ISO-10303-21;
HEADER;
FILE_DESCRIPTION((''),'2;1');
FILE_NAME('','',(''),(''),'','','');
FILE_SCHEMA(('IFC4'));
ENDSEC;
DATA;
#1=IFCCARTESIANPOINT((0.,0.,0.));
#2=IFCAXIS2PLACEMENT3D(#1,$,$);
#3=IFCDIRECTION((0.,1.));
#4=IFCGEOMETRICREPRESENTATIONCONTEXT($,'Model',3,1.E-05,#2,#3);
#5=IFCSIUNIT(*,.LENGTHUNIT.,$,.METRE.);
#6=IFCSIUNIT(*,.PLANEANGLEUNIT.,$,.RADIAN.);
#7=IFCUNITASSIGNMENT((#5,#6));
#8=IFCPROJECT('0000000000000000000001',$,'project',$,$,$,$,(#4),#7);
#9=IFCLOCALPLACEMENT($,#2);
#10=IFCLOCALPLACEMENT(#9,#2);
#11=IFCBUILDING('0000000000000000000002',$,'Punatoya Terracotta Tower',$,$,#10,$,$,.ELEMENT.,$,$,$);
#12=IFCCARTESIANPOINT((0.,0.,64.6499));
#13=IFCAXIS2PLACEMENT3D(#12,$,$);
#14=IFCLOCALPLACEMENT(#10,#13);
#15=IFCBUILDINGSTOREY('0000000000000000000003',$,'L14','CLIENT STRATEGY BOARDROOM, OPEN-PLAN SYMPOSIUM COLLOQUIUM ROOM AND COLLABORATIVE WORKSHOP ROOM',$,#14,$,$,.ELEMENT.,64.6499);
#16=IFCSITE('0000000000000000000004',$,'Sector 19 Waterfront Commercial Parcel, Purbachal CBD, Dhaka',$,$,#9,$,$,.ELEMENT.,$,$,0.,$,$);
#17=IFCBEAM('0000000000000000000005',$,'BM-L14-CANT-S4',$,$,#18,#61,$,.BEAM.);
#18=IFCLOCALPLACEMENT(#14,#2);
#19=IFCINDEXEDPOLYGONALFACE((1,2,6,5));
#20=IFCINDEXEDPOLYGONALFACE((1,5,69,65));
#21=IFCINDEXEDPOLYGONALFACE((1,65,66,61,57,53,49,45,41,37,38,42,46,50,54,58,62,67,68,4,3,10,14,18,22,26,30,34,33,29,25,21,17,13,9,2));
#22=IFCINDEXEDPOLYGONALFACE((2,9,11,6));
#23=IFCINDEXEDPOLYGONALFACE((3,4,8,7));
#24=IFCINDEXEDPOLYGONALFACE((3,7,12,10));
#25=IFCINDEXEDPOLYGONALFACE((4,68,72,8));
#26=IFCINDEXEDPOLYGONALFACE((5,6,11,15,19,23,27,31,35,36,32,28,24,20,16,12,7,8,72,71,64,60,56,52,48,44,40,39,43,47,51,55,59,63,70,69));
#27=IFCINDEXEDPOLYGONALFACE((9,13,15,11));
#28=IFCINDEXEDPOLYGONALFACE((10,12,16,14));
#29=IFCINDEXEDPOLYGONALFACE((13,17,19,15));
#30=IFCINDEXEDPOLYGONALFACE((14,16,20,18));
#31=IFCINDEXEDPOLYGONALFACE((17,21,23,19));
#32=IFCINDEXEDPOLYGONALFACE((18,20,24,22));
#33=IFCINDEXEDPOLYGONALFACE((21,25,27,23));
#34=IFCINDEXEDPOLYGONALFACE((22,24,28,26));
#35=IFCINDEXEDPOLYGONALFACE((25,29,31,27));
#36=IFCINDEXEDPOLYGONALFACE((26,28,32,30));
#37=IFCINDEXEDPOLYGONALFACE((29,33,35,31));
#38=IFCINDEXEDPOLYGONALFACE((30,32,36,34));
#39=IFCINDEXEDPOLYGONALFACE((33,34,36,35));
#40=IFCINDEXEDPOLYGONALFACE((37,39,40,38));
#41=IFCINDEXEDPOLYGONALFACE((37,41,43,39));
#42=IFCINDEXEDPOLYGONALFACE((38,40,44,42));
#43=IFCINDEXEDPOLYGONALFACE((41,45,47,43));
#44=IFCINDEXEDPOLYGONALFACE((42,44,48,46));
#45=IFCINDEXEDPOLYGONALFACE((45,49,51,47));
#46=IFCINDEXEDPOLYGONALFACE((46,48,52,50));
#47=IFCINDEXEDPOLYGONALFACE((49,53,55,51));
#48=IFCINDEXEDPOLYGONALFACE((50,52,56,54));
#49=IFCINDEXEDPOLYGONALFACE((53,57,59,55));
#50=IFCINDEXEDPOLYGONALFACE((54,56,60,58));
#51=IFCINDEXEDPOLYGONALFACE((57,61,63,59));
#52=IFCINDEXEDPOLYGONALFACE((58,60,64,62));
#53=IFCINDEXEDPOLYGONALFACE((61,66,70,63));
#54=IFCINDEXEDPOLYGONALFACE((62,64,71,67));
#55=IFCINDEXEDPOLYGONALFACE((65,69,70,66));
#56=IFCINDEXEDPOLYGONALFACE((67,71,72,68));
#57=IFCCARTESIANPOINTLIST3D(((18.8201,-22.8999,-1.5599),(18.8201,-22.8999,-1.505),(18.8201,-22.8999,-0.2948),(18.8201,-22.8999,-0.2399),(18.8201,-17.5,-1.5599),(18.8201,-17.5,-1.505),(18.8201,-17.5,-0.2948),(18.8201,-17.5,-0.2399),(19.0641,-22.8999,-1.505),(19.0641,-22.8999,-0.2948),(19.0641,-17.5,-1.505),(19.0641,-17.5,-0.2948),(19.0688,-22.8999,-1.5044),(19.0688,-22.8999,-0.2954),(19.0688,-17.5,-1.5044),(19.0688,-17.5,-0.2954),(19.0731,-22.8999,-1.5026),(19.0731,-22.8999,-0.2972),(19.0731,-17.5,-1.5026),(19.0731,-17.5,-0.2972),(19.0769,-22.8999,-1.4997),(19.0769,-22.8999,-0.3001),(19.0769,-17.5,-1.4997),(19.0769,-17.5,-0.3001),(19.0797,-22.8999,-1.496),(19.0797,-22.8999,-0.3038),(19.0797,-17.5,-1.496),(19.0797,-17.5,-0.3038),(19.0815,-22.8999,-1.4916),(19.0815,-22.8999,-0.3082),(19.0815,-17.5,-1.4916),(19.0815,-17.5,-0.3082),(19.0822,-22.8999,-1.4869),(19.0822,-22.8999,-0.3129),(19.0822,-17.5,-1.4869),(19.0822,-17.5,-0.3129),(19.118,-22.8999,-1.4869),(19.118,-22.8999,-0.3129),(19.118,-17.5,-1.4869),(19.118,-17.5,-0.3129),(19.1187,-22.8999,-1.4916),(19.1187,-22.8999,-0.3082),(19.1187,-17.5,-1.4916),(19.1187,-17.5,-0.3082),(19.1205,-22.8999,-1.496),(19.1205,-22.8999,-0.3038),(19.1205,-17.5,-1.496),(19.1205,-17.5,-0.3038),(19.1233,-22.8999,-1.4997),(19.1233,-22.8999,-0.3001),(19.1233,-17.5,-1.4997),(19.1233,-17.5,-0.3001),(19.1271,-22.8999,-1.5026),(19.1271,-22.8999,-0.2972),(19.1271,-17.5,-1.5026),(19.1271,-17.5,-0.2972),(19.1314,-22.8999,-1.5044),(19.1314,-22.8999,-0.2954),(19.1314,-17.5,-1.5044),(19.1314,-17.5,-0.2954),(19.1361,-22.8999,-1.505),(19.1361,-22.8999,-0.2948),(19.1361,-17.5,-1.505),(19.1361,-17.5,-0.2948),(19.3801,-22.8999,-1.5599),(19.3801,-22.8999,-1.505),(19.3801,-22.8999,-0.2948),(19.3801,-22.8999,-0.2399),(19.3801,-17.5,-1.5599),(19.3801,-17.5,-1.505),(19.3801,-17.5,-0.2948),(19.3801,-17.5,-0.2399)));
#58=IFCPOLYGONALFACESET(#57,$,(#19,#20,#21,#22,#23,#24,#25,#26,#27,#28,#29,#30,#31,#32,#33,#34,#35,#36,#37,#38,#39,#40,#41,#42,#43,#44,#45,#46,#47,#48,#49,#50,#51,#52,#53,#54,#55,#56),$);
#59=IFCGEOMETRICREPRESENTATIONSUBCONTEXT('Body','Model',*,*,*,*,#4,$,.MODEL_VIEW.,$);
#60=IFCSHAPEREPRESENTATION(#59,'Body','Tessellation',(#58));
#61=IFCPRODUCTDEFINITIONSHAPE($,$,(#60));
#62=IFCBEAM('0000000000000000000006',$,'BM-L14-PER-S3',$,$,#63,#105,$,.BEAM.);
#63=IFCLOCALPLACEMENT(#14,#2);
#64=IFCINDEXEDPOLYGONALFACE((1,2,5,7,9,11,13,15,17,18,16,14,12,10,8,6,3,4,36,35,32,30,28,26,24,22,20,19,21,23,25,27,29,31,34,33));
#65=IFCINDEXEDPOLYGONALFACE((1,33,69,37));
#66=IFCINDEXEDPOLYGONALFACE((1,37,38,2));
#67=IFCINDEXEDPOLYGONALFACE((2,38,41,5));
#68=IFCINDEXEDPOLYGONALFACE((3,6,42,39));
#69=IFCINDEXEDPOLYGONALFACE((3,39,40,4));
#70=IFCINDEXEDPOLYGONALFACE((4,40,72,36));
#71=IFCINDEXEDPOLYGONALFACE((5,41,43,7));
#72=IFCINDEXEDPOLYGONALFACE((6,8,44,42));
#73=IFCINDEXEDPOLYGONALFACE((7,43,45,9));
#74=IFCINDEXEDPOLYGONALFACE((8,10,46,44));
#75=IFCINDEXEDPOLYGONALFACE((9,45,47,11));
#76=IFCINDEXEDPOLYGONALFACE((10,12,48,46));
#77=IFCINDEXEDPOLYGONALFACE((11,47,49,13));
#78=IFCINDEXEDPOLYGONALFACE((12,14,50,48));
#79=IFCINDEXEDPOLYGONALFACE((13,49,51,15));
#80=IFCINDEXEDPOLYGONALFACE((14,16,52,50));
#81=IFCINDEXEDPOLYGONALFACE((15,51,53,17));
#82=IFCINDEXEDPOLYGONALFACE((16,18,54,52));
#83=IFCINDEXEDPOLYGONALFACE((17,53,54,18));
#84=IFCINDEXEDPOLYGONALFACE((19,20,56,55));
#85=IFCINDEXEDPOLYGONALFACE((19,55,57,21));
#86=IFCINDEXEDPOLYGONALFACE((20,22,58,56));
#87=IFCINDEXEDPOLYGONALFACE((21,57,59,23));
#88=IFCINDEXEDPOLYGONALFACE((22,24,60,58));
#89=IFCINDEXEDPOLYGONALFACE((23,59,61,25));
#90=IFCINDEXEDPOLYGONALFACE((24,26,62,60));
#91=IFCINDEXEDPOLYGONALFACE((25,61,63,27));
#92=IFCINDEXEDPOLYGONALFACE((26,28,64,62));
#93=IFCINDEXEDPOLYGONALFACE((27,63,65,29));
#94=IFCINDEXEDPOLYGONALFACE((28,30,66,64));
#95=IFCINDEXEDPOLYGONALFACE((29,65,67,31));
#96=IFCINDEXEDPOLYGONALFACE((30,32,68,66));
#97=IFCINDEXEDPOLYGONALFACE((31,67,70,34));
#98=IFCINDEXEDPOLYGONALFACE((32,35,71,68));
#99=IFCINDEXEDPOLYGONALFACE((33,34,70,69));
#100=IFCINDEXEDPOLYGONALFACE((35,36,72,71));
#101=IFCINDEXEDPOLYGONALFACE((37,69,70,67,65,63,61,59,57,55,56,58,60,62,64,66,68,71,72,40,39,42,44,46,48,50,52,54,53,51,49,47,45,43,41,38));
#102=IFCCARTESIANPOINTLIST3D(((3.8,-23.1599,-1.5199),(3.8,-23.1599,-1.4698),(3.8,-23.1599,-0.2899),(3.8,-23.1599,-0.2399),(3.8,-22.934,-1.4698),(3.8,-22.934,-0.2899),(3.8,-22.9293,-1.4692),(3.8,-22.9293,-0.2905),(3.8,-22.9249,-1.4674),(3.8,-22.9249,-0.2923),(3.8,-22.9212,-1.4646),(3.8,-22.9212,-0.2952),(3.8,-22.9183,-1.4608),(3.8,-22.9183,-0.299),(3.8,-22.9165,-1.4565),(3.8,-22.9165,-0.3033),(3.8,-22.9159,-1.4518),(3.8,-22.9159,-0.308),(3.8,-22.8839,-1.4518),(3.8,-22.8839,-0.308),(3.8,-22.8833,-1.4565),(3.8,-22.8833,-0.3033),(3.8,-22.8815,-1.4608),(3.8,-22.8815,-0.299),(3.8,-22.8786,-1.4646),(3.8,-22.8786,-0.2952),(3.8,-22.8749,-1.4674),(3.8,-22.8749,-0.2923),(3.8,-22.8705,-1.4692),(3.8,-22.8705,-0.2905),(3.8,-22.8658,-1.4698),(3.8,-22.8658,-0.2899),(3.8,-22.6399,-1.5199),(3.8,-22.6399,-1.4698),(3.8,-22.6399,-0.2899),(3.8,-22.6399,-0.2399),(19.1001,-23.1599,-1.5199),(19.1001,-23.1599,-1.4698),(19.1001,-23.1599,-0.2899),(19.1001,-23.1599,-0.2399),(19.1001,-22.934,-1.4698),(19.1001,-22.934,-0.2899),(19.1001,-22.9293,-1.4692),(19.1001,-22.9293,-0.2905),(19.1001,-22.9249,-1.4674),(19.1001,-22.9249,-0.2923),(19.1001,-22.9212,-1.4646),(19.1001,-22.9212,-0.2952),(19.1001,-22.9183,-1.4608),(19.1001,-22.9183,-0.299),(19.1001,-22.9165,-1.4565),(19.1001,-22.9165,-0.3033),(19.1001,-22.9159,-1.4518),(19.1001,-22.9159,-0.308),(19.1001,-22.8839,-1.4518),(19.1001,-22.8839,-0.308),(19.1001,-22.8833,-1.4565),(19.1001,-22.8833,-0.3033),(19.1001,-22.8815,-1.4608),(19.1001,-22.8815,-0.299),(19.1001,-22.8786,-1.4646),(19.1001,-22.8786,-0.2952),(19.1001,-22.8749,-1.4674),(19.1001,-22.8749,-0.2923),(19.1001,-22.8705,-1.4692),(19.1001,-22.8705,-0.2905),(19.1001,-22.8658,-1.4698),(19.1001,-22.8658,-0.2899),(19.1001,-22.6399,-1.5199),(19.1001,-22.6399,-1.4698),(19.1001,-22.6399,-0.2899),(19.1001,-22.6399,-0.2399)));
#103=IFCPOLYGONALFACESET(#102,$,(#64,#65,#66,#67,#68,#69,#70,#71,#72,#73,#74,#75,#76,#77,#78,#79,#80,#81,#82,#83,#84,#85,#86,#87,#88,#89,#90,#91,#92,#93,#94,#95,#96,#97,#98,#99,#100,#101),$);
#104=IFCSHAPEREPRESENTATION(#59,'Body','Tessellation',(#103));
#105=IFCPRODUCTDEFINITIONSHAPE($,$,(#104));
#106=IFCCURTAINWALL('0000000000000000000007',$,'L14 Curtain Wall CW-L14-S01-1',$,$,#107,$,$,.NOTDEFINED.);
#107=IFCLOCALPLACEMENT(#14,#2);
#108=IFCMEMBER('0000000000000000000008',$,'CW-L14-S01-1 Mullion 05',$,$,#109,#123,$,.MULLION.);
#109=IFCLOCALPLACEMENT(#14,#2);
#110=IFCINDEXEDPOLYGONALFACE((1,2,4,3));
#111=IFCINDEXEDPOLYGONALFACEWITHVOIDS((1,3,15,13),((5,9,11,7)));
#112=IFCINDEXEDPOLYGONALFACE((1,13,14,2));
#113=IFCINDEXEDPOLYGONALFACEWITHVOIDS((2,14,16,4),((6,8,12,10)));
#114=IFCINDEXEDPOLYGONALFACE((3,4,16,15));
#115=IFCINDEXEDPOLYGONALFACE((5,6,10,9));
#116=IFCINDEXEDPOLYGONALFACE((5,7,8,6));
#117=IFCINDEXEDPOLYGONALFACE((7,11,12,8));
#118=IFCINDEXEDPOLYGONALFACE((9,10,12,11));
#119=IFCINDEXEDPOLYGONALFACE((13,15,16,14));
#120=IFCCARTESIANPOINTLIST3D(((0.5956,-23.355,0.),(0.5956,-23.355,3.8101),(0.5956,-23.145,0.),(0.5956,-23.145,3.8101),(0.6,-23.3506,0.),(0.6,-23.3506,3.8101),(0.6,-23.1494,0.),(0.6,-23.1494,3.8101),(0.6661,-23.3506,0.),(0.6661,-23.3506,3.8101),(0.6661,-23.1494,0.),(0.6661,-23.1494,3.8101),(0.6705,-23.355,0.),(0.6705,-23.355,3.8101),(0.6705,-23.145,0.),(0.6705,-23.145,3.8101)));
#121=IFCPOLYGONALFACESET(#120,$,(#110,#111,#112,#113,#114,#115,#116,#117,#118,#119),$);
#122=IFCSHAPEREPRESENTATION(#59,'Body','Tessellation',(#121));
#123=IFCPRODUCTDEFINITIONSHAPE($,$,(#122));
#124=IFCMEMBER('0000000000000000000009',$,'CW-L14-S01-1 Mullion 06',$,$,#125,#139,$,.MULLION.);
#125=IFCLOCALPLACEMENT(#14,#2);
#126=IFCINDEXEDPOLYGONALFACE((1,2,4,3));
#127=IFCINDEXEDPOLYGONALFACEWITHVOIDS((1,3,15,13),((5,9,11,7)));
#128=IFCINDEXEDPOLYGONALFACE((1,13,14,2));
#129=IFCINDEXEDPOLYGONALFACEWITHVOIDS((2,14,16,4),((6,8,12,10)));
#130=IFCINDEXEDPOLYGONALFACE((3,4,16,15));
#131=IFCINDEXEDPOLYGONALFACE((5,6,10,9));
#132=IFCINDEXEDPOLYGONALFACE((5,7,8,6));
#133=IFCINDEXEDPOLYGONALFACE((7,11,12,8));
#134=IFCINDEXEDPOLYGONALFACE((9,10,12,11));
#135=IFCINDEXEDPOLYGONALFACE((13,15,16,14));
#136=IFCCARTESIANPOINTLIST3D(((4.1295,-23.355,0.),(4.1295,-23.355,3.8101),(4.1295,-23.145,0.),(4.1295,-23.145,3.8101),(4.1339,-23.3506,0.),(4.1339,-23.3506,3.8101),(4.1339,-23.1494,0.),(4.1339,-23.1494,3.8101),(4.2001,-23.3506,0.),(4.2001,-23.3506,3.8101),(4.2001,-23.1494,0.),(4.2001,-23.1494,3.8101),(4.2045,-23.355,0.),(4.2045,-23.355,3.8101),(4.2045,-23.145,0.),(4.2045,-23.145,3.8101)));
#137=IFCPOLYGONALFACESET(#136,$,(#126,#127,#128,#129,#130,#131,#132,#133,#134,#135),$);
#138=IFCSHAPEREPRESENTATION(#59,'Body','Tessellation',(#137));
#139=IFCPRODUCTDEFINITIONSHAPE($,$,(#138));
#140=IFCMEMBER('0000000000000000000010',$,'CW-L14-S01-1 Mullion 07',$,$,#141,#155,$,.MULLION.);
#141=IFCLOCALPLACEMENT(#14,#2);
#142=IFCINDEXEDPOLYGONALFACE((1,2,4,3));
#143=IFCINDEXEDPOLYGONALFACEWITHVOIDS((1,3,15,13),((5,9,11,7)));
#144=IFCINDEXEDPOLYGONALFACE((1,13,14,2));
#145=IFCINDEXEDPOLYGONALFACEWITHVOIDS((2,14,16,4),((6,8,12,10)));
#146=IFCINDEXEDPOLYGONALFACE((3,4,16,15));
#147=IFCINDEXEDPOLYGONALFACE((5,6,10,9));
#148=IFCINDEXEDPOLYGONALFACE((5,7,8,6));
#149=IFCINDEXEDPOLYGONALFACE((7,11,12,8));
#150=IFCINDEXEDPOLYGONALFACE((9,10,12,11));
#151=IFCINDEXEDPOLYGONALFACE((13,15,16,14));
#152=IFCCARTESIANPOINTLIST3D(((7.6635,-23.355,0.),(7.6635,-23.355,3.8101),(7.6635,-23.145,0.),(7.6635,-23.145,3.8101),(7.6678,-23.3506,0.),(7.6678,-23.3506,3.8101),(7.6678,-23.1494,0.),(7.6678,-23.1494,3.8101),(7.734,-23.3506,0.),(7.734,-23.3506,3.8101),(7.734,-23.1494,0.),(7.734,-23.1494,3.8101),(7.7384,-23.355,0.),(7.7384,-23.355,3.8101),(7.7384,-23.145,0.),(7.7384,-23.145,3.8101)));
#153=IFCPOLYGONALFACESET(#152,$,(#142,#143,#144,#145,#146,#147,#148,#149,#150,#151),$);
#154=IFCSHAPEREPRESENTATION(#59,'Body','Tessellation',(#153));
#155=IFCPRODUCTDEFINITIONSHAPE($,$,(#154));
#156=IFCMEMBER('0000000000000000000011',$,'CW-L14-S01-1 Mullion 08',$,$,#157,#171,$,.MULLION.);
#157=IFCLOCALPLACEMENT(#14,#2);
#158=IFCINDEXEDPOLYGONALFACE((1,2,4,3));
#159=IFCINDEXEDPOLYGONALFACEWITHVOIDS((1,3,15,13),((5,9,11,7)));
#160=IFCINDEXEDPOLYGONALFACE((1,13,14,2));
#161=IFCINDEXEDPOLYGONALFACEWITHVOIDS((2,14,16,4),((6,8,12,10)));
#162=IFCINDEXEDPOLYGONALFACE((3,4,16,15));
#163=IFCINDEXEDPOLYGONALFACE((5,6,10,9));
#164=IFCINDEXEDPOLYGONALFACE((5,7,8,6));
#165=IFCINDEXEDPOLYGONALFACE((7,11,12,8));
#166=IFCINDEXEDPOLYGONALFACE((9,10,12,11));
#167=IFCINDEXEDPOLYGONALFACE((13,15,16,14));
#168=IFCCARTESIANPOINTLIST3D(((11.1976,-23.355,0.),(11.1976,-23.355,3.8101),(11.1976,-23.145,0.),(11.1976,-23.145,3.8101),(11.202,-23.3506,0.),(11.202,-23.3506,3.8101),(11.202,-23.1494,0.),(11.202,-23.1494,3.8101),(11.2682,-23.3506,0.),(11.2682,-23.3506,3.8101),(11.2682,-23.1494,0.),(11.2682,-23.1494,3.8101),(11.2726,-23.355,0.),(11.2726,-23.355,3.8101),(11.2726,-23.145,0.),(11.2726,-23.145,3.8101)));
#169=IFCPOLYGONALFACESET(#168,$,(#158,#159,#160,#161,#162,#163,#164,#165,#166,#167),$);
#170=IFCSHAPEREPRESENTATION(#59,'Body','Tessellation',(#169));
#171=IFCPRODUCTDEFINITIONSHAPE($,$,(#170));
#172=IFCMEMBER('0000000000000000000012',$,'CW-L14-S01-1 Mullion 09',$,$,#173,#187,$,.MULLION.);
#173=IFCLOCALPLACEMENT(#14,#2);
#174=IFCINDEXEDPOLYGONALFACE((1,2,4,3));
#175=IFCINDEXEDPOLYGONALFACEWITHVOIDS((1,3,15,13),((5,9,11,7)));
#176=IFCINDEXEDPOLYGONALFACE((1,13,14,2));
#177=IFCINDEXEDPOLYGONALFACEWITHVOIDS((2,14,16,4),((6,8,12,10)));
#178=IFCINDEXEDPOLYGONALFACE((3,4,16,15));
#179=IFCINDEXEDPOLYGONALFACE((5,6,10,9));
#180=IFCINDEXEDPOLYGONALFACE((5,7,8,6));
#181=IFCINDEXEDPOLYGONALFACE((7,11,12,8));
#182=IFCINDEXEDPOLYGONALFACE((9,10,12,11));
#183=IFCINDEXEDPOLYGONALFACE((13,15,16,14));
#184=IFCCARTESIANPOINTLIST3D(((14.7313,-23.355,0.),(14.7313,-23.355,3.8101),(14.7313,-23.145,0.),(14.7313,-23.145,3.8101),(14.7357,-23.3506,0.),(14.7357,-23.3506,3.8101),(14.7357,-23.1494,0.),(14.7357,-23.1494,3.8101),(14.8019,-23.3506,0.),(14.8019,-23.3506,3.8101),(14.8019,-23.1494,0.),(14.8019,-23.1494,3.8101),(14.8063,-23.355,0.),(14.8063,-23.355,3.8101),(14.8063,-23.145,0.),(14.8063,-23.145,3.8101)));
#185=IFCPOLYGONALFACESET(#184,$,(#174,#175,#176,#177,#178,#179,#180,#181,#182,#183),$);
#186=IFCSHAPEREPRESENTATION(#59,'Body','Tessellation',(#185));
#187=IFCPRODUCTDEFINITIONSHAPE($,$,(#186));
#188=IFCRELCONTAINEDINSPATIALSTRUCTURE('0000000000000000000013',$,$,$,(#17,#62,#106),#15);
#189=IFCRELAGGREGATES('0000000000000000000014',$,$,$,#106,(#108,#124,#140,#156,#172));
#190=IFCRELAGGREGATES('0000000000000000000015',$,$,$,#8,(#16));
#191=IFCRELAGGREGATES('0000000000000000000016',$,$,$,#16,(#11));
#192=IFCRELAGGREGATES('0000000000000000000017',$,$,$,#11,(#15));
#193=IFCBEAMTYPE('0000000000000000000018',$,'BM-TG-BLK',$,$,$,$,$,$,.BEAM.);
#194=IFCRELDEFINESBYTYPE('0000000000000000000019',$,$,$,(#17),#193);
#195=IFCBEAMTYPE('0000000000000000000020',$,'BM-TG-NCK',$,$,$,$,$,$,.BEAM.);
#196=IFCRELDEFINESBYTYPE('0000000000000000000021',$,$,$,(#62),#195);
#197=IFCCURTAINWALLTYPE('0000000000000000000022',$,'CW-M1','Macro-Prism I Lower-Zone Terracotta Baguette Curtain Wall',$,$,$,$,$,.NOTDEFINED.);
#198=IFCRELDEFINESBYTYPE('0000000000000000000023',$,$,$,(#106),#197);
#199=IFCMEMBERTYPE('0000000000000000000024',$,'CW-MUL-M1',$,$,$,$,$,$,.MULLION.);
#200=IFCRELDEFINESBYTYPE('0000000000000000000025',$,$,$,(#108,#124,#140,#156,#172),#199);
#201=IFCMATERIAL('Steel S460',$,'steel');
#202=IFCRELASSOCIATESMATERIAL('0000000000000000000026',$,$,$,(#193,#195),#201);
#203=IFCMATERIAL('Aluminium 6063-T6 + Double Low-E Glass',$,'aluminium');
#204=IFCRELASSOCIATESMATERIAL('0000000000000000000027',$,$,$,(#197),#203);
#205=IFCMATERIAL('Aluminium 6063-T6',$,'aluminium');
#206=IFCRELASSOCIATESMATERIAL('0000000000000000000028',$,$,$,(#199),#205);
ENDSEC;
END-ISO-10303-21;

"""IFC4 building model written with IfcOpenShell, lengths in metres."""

from ifc_helpers import new_model, si_unit, direction, frame, origin, origin_2d, place, context, subcontext, project, spatial, hollow_rectangle, i_section, extrude, material, material_profile, profile_set, type_object, element, aggregate, save


model = new_model("IFC4")

# Units and contexts
model_context = context("Model", 3, precision=1e-05, world=origin(), true_north=direction((0.0, 1.0)))
body_context = subcontext(model_context, "Body", "Model", "MODEL_VIEW")
ifc_project = project(units=[si_unit("LENGTHUNIT", "METRE"), si_unit("PLANEANGLEUNIT", "RADIAN")], contexts=[model_context])

# Site, building, storey
site_placement = place(None, origin())
site = spatial("IfcSite", under=ifc_project, at=site_placement, Name="Sector 19 Waterfront Commercial Parcel, Purbachal CBD, Dhaka", CompositionType="ELEMENT", RefElevation=0.0)
building_placement = place(site_placement, origin())
building = spatial("IfcBuilding", under=site, at=building_placement, Name="Punatoya Terracotta Tower", CompositionType="ELEMENT")
storey_placement = place(building_placement, frame((0.0, 0.0, 64.6499)))
storey = spatial("IfcBuildingStorey", under=building, at=storey_placement, Name="L14", Description="CLIENT STRATEGY BOARDROOM, OPEN-PLAN SYMPOSIUM COLLOQUIUM ROOM AND COLLABORATIVE WORKSHOP ROOM", CompositionType="ELEMENT", Elevation=64.6499)

# Shared definitions
ifc_material_1 = material(Name="Steel S460", Category="steel")

# Beams
ifc_material_profile_1 = material_profile(ifc_material_1, i_section(OverallWidth=0.5601, OverallDepth=1.3201, WebThickness=0.0359, FlangeThickness=0.0549, FilletRadius=0.0181, at=origin_2d()))
ifc_profile_set_1 = profile_set([ifc_material_profile_1], Name="Steel S460")
beam_type_1 = type_object("IfcBeamType", Name="BM-TG-BLK", PredefinedType="BEAM", material=ifc_profile_set_1)
for number, where, z_axis, x_axis, name in (
    (1, (19.1001, -22.8999, -0.8999), (0.0, 1.0, 0.0), (-1.0, 0.0, 0.0), "BM-L14-CANT-S4"),
):
    element("IfcBeam", number, at=place(storey_placement, frame(where, z_axis=z_axis, x_axis=x_axis)), inside=storey, type_object=beam_type_1, Name=name, PredefinedType="BEAM", context=body_context, shape_type="SweptSolid", body=[
        extrude(i_section(OverallWidth=0.5601, OverallDepth=1.3201, WebThickness=0.0359, FlangeThickness=0.0549, FilletRadius=0.0181, at=origin_2d()), origin(), (0.0, 0.0, 1.0), 5.3999),
    ])
ifc_material_profile_2 = material_profile(ifc_material_1, i_section(OverallWidth=0.52, OverallDepth=1.28, WebThickness=0.032, FlangeThickness=0.05, FilletRadius=0.0181, at=origin_2d()))
ifc_profile_set_2 = profile_set([ifc_material_profile_2], Name="Steel S460")
beam_type_2 = type_object("IfcBeamType", Name="BM-TG-NCK", PredefinedType="BEAM", material=ifc_profile_set_2)
beam_1_placement = place(storey_placement, frame((3.8, -22.8999, -0.8799), z_axis=(1.0, 0.0, 0.0), x_axis=(0.0, 1.0, 0.0)))
element("IfcBeam", 2, at=beam_1_placement, inside=storey, type_object=beam_type_2, Name="BM-L14-PER-S3", PredefinedType="BEAM", context=body_context, shape_type="SweptSolid", body=[
    extrude(i_section(OverallWidth=0.52, OverallDepth=1.28, WebThickness=0.032, FlangeThickness=0.05, FilletRadius=0.0181, at=origin_2d()), origin(), (0.0, 0.0, 1.0), 15.3),
])

# Curtain wall, members
ifc_material_2 = material(Name="Aluminium 6063-T6 + Double Low-E Glass", Category="aluminium")
curtain_wall_type = type_object("IfcCurtainWallType", Name="CW-M1", Description="Macro-Prism I Lower-Zone Terracotta Baguette Curtain Wall", PredefinedType="NOTDEFINED", material=ifc_material_2)
curtain_wall_placement = place(storey_placement, origin())
curtain_wall = element("IfcCurtainWall", 3, at=curtain_wall_placement, inside=storey, type_object=curtain_wall_type, Name="L14 Curtain Wall CW-L14-S01-1", PredefinedType="NOTDEFINED")
ifc_material_3 = material(Name="Aluminium 6063-T6", Category="aluminium")
ifc_material_profile_3 = material_profile(ifc_material_3, hollow_rectangle(XDim=0.075, YDim=0.21, WallThickness=0.0044, at=origin_2d()))
ifc_profile_set_3 = profile_set([ifc_material_profile_3], Name="Aluminium 6063-T6")
member_type = type_object("IfcMemberType", Name="CW-MUL-M1", PredefinedType="MULLION", material=ifc_profile_set_3)
member_1_placement = place(storey_placement, frame((0.6331, -23.25, 0.0), z_axis=(0.0, 0.0, 1.0), x_axis=(1.0, 0.0, 0.0)))
member_1 = element("IfcMember", 4, at=member_1_placement, type_object=member_type, Name="CW-L14-S01-1 Mullion 05", PredefinedType="MULLION", context=body_context, shape_type="SweptSolid", body=[
    extrude(hollow_rectangle(XDim=0.075, YDim=0.21, WallThickness=0.0044, at=origin_2d()), origin(), (0.0, 0.0, 1.0), 3.8101),
])
member_2_placement = place(storey_placement, frame((4.167, -23.25, 0.0), z_axis=(0.0, 0.0, 1.0), x_axis=(1.0, 0.0, 0.0)))
member_2 = element("IfcMember", 5, at=member_2_placement, type_object=member_type, Name="CW-L14-S01-1 Mullion 06", PredefinedType="MULLION", context=body_context, shape_type="SweptSolid", body=[
    extrude(hollow_rectangle(XDim=0.075, YDim=0.21, WallThickness=0.0044, at=origin_2d()), origin(), (0.0, 0.0, 1.0), 3.8101),
])
member_3_placement = place(storey_placement, frame((7.7009, -23.25, 0.0), z_axis=(0.0, 0.0, 1.0), x_axis=(1.0, 0.0, 0.0)))
member_3 = element("IfcMember", 6, at=member_3_placement, type_object=member_type, Name="CW-L14-S01-1 Mullion 07", PredefinedType="MULLION", context=body_context, shape_type="SweptSolid", body=[
    extrude(hollow_rectangle(XDim=0.075, YDim=0.21, WallThickness=0.0044, at=origin_2d()), origin(), (0.0, 0.0, 1.0), 3.8101),
])
member_4_placement = place(storey_placement, frame((11.2351, -23.25, 0.0), z_axis=(0.0, 0.0, 1.0), x_axis=(1.0, 0.0, 0.0)))
member_4 = element("IfcMember", 7, at=member_4_placement, type_object=member_type, Name="CW-L14-S01-1 Mullion 08", PredefinedType="MULLION", context=body_context, shape_type="SweptSolid", body=[
    extrude(hollow_rectangle(XDim=0.075, YDim=0.21, WallThickness=0.0044, at=origin_2d()), origin(), (0.0, 0.0, 1.0), 3.8101),
])
member_5_placement = place(storey_placement, frame((14.7688, -23.25, 0.0), z_axis=(0.0, 0.0, 1.0), x_axis=(1.0, 0.0, 0.0)))
member_5 = element("IfcMember", 8, at=member_5_placement, type_object=member_type, Name="CW-L14-S01-1 Mullion 09", PredefinedType="MULLION", context=body_context, shape_type="SweptSolid", body=[
    extrude(hollow_rectangle(XDim=0.075, YDim=0.21, WallThickness=0.0044, at=origin_2d()), origin(), (0.0, 0.0, 1.0), 3.8101),
])
aggregate(curtain_wall, [member_1, member_2, member_3, member_4, member_5])

save(model, "model.ifc")
